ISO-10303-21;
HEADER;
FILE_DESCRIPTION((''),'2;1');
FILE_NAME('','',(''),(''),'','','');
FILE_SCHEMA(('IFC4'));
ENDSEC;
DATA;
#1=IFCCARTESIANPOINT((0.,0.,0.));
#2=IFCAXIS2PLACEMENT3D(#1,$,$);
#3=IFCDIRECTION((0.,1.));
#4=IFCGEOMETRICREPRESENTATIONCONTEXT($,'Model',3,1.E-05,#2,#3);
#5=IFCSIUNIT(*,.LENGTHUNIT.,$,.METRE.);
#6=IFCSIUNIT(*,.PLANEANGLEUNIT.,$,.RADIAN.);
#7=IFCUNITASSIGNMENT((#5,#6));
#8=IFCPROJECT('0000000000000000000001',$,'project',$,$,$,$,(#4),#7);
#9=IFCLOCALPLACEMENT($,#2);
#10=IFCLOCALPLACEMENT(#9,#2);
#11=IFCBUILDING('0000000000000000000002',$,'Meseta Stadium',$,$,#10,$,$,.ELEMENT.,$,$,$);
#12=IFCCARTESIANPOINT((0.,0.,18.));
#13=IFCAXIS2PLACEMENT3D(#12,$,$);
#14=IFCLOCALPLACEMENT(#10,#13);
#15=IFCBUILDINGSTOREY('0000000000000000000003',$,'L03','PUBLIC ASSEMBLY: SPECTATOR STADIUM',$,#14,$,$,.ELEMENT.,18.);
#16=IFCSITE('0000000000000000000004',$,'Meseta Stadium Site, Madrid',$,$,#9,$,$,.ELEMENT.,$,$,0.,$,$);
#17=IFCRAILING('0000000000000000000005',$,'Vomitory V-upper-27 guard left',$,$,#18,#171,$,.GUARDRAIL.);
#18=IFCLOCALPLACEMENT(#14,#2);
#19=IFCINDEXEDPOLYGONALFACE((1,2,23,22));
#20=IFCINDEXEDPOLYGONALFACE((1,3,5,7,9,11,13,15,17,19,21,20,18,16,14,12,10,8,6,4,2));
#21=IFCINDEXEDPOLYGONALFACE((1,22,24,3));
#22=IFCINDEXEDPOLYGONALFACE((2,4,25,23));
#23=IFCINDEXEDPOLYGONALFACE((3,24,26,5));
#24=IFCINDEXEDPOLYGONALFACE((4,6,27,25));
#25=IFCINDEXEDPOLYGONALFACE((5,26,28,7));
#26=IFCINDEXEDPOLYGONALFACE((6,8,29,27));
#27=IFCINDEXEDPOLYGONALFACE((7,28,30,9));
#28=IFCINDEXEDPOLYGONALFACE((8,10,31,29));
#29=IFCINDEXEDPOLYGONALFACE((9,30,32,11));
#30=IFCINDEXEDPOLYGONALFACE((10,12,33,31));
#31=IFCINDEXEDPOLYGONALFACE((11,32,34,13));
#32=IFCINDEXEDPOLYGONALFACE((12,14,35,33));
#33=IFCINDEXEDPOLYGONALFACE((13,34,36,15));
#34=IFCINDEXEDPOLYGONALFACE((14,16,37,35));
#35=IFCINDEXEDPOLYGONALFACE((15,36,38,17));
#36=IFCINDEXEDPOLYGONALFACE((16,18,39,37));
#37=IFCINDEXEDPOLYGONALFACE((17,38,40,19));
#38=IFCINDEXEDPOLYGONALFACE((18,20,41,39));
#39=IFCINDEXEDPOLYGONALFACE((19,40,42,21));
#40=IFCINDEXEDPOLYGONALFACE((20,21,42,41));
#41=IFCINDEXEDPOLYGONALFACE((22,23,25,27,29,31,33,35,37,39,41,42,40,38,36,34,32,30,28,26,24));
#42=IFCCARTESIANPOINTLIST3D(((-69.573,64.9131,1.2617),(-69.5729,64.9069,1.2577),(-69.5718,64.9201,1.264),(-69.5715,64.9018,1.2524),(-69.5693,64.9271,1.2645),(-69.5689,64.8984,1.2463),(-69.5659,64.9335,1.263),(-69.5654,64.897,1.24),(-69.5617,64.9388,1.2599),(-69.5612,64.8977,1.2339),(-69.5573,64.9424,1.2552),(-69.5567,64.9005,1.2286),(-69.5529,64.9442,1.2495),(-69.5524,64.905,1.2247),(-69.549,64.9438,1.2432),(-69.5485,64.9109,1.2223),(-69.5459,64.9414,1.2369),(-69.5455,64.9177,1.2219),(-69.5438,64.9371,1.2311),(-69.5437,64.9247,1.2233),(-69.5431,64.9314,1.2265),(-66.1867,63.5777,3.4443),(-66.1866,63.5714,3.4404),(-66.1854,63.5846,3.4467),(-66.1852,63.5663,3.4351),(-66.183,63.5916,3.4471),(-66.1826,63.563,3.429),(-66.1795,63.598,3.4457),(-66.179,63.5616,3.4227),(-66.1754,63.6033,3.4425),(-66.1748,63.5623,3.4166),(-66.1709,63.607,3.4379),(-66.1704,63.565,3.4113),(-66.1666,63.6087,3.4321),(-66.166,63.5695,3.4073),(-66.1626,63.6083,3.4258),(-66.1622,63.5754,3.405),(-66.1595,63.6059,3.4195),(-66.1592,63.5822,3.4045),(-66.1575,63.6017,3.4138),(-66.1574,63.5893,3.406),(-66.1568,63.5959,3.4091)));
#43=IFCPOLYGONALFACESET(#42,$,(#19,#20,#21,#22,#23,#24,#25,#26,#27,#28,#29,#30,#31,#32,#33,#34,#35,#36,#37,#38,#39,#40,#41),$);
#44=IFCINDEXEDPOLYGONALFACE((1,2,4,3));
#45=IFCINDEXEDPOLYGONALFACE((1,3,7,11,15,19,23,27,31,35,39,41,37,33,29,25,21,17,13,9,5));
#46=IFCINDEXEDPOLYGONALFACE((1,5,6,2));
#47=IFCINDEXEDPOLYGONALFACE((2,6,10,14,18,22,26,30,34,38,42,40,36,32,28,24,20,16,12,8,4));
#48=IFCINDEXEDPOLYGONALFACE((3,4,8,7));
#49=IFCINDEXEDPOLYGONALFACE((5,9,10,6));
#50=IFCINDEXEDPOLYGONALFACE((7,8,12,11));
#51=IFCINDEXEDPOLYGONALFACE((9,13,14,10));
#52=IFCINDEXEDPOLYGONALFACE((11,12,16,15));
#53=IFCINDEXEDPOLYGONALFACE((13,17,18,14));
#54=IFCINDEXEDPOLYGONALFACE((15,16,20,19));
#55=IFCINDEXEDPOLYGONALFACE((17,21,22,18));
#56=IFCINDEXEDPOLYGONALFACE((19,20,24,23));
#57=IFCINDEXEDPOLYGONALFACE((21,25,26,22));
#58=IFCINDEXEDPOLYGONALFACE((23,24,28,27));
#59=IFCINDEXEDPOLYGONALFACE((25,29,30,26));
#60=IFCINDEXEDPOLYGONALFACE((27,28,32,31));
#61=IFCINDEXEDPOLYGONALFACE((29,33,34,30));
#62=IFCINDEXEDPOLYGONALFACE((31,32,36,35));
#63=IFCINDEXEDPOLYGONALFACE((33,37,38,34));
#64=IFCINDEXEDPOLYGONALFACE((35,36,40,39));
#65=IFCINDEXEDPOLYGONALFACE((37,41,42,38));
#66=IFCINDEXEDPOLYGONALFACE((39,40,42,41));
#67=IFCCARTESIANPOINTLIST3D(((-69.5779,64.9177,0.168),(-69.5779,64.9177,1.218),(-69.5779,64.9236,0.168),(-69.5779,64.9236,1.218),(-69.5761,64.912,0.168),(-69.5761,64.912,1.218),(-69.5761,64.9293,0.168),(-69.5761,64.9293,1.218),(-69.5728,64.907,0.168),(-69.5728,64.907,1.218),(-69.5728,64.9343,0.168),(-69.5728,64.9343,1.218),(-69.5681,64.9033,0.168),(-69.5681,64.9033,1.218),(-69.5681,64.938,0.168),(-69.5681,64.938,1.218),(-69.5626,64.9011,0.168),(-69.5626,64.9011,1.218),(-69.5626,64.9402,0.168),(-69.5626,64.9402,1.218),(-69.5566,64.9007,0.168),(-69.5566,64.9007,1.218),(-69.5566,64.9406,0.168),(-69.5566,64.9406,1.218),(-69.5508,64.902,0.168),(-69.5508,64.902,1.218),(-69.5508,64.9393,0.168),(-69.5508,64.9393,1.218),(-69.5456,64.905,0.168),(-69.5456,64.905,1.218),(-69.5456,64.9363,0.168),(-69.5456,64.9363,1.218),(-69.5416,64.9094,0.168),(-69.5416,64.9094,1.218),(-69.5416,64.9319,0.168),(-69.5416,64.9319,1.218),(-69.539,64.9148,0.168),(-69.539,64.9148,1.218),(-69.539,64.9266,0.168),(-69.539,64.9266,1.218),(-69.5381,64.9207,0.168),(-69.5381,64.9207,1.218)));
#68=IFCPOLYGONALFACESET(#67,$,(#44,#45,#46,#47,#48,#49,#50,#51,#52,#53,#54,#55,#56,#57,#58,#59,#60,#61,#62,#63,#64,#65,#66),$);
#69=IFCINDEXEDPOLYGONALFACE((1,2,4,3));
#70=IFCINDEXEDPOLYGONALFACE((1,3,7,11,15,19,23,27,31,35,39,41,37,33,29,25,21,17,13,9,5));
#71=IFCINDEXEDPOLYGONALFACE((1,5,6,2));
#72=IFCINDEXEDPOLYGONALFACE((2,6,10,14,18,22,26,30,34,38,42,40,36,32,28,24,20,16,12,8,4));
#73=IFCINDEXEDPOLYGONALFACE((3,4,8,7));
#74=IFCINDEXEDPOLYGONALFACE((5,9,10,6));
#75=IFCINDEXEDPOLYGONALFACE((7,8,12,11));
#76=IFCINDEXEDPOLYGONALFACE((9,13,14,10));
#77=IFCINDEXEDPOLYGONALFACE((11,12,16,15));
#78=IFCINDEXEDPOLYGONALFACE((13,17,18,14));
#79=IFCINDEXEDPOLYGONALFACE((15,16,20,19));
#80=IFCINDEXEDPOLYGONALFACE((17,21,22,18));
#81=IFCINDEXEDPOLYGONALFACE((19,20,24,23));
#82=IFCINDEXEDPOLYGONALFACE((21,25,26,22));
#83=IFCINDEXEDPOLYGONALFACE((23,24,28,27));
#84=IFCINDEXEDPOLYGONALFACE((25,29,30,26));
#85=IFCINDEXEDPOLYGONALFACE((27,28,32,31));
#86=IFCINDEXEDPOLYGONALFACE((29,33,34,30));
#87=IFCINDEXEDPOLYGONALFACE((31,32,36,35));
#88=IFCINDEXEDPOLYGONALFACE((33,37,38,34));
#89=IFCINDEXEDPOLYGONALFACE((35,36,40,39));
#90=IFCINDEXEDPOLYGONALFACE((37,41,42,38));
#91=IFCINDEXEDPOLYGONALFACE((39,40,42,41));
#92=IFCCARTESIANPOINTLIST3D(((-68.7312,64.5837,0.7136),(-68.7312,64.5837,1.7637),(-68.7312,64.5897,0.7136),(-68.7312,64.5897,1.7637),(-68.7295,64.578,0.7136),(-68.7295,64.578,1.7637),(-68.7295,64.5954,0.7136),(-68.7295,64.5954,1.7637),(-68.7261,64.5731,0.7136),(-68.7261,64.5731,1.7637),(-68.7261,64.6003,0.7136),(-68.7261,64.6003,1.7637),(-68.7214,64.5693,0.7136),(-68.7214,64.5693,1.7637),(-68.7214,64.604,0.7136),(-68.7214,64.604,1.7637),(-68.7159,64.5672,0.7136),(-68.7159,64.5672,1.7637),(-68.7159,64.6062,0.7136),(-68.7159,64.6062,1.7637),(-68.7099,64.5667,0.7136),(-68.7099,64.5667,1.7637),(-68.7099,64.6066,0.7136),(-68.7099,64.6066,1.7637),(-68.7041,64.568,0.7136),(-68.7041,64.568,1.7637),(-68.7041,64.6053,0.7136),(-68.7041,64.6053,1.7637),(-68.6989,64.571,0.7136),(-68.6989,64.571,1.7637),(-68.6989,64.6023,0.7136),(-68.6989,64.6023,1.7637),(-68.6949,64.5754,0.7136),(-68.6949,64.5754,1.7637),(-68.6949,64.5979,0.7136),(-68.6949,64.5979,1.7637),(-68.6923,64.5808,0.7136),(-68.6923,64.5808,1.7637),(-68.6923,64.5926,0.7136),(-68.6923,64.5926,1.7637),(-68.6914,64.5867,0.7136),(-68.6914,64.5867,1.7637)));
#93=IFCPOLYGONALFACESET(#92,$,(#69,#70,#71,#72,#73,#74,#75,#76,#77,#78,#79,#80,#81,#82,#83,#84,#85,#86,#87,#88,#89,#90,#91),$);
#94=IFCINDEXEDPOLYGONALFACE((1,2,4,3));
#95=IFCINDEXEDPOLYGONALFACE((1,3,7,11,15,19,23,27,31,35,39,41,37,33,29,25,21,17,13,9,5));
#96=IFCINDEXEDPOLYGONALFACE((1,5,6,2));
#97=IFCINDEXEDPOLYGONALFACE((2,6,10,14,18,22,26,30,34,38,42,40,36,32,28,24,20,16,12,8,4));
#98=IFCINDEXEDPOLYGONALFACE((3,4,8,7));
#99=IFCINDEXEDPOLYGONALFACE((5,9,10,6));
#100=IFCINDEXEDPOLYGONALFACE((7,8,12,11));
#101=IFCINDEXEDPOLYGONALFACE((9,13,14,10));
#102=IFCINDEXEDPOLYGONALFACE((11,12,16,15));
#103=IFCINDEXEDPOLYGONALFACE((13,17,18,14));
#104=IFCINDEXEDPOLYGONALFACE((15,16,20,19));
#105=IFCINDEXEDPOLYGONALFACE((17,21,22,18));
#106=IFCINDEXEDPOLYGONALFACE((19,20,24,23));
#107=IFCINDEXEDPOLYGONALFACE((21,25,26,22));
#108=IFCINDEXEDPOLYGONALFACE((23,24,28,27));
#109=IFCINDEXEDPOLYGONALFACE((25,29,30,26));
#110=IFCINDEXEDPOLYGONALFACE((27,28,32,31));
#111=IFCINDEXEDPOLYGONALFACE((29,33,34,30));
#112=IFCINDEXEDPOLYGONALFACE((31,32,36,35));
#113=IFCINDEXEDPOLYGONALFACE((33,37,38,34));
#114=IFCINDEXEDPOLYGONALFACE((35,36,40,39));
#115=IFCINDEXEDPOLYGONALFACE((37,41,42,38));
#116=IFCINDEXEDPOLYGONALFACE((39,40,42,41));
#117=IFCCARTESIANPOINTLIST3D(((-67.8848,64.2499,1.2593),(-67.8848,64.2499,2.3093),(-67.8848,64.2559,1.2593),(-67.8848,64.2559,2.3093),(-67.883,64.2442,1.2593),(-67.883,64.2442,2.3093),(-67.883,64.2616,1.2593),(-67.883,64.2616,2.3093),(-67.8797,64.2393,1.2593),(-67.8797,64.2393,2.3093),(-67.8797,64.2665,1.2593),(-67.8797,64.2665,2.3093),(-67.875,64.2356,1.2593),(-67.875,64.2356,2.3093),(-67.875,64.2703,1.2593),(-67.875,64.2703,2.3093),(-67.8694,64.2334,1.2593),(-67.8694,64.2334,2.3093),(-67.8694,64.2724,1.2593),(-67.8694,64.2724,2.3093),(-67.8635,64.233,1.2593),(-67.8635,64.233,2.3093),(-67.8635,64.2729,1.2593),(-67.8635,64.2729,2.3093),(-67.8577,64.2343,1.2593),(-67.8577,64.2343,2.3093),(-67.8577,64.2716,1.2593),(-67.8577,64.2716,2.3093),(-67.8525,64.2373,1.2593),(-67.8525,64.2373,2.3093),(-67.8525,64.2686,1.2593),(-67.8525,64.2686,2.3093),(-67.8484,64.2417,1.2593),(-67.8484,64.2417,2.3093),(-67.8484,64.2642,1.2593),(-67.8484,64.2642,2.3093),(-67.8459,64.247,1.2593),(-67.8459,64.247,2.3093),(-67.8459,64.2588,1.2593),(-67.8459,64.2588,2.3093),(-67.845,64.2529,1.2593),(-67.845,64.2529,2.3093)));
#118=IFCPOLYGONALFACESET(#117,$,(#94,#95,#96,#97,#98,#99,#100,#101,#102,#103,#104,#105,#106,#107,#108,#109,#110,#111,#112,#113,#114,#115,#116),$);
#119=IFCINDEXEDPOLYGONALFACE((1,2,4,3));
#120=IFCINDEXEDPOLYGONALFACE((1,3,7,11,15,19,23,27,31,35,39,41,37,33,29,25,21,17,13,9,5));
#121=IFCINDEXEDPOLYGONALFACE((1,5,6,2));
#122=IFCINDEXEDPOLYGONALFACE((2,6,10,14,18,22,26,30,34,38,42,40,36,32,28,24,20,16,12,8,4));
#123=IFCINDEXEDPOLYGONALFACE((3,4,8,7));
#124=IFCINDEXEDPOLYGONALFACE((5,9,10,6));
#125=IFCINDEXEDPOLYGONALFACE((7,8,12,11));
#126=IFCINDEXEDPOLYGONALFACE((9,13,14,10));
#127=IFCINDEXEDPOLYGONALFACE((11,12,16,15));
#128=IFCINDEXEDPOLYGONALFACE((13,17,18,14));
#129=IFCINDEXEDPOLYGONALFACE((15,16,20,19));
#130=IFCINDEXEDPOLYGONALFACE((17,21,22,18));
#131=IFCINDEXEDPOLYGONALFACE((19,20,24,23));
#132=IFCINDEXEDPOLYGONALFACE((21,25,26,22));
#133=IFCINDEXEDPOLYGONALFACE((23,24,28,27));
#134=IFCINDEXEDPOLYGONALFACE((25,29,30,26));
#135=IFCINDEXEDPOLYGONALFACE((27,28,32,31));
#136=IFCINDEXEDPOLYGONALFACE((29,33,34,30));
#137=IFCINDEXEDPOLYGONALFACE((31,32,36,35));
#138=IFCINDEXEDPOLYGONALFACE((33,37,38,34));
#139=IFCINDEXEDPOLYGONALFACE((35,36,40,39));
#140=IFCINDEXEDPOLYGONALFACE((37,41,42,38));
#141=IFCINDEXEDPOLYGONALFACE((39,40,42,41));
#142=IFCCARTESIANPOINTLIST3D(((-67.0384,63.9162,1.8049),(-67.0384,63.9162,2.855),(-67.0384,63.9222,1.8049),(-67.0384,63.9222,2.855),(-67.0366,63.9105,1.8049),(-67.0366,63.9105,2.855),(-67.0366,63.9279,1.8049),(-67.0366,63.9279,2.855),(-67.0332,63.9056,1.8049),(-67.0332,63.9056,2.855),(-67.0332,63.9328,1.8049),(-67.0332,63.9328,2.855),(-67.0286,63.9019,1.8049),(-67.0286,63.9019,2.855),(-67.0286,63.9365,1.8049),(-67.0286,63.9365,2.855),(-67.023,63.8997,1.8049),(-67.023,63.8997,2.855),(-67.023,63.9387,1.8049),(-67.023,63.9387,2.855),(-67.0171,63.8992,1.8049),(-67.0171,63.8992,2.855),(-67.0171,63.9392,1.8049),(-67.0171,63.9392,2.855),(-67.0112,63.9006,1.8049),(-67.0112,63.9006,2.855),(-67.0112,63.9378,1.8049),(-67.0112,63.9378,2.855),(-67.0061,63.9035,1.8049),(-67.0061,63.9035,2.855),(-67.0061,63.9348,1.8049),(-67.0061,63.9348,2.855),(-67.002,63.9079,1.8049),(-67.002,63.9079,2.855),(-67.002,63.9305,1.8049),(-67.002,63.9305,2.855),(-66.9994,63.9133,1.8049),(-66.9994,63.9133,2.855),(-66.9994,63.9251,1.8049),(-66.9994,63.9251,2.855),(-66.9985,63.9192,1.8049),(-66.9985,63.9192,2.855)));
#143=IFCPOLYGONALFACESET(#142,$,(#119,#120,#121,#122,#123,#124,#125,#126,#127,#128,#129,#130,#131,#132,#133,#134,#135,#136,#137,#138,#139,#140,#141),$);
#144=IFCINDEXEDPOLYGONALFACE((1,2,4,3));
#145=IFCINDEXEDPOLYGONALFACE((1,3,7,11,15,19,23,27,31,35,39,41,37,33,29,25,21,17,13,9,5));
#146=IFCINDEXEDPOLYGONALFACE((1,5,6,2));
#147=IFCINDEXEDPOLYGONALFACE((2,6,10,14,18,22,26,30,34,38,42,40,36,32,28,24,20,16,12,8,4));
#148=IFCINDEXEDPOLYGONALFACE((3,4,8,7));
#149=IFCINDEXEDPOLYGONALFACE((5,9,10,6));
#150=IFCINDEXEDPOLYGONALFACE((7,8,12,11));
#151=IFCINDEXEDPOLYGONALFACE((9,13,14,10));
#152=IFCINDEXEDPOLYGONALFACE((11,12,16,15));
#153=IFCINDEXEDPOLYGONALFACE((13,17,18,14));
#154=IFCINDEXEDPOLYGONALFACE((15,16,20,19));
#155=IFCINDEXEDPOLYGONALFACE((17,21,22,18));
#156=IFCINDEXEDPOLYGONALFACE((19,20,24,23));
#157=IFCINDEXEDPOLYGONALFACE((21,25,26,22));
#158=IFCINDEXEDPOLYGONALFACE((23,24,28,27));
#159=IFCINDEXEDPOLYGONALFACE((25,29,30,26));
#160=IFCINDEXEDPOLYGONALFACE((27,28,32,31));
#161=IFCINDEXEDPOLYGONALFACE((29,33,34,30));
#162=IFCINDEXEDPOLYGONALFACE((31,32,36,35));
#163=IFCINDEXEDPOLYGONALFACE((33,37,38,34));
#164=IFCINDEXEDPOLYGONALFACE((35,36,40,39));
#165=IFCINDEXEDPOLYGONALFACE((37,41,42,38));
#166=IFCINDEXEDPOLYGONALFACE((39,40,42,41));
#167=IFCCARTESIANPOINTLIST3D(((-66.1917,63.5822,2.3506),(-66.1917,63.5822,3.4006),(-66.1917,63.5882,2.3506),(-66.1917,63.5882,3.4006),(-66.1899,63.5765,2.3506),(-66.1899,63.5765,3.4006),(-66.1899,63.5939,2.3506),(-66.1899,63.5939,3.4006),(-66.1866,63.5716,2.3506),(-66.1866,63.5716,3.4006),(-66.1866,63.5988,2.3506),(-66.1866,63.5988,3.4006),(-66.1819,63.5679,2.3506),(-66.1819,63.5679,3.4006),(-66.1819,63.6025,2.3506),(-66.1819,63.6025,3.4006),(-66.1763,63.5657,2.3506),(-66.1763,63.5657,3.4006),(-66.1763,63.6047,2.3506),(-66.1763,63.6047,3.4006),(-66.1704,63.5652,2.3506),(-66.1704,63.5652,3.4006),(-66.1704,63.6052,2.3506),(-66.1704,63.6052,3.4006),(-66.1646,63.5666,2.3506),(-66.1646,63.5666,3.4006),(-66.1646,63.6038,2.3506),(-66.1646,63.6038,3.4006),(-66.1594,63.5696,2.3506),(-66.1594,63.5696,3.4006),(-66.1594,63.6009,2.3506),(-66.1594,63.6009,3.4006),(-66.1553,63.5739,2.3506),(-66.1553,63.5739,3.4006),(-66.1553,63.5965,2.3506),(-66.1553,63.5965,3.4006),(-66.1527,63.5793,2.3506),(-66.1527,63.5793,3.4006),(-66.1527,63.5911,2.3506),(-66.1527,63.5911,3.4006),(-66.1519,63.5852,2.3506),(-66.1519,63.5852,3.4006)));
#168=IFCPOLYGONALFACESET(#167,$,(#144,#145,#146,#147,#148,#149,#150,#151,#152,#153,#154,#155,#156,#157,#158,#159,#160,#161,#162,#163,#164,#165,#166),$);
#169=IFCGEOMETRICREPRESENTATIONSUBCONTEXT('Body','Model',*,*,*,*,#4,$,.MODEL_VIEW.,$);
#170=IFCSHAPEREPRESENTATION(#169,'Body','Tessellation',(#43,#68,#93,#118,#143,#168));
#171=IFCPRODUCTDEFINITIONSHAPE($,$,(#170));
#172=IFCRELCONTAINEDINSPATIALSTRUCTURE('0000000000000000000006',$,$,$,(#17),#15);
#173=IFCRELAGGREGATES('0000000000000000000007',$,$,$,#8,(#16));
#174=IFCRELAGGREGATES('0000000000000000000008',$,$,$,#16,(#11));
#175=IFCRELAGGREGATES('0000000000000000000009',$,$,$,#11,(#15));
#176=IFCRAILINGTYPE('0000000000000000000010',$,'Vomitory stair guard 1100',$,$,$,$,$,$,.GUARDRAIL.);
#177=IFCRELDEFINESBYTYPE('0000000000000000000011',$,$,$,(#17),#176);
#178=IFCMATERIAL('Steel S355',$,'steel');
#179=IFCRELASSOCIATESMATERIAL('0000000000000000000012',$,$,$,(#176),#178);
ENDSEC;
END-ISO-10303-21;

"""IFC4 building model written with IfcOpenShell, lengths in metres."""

from ifc_helpers import new_model, si_unit, direction, frame, origin, origin_2d, place, context, subcontext, project, spatial, circle, extrude, material, type_object, element, save


model = new_model("IFC4")

# Units and contexts
model_context = context("Model", 3, precision=1e-05, world=origin(), true_north=direction((0.0, 1.0)))
body_context = subcontext(model_context, "Body", "Model", "MODEL_VIEW")
ifc_project = project(units=[si_unit("LENGTHUNIT", "METRE"), si_unit("PLANEANGLEUNIT", "RADIAN")], contexts=[model_context])

# Site, building, storey
site_placement = place(None, origin())
site = spatial("IfcSite", under=ifc_project, at=site_placement, Name="Meseta Stadium Site, Madrid", CompositionType="ELEMENT", RefElevation=0.0)
building_placement = place(site_placement, origin())
building = spatial("IfcBuilding", under=site, at=building_placement, Name="Meseta Stadium", CompositionType="ELEMENT")
storey_placement = place(building_placement, frame((0.0, 0.0, 18.0)))
storey = spatial("IfcBuildingStorey", under=building, at=storey_placement, Name="L03", Description="PUBLIC ASSEMBLY: SPECTATOR STADIUM", CompositionType="ELEMENT", Elevation=18.0)

# Railing
ifc_material_1 = material(Name="Steel S355", Category="steel")
railing_type_1 = type_object("IfcRailingType", Name="Vomitory stair guard 1100", PredefinedType="GUARDRAIL", material=ifc_material_1)
for number, where, name in (
    (1, (-69.5581, 64.9207, 0.168), "Vomitory V-upper-27 guard left"),
):
    element("IfcRailing", number, at=place(storey_placement, frame(where)), inside=storey, type_object=railing_type_1, Name=name, PredefinedType="GUARDRAIL", context=body_context, shape_type="SweptSolid", body=[
        extrude(circle(Radius=0.0249, at=origin_2d()), frame((0.0, 0.0, 1.0752), z_axis=(0.797836, -0.314648, 0.514251), x_axis=(0.366876, 0.93027, 0.0)), (0.0, 0.0, 1.0), 4.2444),
        extrude(circle(Radius=0.02, at=origin_2d()), origin(), (0.0, 0.0, 1.0), 1.05),
        extrude(circle(Radius=0.02, at=origin_2d()), frame((0.8467, -0.334, 0.5457)), (0.0, 0.0, 1.0), 1.05),
        extrude(circle(Radius=0.02, at=origin_2d()), frame((1.6931, -0.6677, 1.0913)), (0.0, 0.0, 1.0), 1.05),
        extrude(circle(Radius=0.02, at=origin_2d()), frame((2.5396, -1.0015, 1.637)), (0.0, 0.0, 1.0), 1.05),
        extrude(circle(Radius=0.02, at=origin_2d()), frame((3.3862, -1.3354, 2.1826)), (0.0, 0.0, 1.0), 1.05),
    ])

save(model, "model.ifc")
